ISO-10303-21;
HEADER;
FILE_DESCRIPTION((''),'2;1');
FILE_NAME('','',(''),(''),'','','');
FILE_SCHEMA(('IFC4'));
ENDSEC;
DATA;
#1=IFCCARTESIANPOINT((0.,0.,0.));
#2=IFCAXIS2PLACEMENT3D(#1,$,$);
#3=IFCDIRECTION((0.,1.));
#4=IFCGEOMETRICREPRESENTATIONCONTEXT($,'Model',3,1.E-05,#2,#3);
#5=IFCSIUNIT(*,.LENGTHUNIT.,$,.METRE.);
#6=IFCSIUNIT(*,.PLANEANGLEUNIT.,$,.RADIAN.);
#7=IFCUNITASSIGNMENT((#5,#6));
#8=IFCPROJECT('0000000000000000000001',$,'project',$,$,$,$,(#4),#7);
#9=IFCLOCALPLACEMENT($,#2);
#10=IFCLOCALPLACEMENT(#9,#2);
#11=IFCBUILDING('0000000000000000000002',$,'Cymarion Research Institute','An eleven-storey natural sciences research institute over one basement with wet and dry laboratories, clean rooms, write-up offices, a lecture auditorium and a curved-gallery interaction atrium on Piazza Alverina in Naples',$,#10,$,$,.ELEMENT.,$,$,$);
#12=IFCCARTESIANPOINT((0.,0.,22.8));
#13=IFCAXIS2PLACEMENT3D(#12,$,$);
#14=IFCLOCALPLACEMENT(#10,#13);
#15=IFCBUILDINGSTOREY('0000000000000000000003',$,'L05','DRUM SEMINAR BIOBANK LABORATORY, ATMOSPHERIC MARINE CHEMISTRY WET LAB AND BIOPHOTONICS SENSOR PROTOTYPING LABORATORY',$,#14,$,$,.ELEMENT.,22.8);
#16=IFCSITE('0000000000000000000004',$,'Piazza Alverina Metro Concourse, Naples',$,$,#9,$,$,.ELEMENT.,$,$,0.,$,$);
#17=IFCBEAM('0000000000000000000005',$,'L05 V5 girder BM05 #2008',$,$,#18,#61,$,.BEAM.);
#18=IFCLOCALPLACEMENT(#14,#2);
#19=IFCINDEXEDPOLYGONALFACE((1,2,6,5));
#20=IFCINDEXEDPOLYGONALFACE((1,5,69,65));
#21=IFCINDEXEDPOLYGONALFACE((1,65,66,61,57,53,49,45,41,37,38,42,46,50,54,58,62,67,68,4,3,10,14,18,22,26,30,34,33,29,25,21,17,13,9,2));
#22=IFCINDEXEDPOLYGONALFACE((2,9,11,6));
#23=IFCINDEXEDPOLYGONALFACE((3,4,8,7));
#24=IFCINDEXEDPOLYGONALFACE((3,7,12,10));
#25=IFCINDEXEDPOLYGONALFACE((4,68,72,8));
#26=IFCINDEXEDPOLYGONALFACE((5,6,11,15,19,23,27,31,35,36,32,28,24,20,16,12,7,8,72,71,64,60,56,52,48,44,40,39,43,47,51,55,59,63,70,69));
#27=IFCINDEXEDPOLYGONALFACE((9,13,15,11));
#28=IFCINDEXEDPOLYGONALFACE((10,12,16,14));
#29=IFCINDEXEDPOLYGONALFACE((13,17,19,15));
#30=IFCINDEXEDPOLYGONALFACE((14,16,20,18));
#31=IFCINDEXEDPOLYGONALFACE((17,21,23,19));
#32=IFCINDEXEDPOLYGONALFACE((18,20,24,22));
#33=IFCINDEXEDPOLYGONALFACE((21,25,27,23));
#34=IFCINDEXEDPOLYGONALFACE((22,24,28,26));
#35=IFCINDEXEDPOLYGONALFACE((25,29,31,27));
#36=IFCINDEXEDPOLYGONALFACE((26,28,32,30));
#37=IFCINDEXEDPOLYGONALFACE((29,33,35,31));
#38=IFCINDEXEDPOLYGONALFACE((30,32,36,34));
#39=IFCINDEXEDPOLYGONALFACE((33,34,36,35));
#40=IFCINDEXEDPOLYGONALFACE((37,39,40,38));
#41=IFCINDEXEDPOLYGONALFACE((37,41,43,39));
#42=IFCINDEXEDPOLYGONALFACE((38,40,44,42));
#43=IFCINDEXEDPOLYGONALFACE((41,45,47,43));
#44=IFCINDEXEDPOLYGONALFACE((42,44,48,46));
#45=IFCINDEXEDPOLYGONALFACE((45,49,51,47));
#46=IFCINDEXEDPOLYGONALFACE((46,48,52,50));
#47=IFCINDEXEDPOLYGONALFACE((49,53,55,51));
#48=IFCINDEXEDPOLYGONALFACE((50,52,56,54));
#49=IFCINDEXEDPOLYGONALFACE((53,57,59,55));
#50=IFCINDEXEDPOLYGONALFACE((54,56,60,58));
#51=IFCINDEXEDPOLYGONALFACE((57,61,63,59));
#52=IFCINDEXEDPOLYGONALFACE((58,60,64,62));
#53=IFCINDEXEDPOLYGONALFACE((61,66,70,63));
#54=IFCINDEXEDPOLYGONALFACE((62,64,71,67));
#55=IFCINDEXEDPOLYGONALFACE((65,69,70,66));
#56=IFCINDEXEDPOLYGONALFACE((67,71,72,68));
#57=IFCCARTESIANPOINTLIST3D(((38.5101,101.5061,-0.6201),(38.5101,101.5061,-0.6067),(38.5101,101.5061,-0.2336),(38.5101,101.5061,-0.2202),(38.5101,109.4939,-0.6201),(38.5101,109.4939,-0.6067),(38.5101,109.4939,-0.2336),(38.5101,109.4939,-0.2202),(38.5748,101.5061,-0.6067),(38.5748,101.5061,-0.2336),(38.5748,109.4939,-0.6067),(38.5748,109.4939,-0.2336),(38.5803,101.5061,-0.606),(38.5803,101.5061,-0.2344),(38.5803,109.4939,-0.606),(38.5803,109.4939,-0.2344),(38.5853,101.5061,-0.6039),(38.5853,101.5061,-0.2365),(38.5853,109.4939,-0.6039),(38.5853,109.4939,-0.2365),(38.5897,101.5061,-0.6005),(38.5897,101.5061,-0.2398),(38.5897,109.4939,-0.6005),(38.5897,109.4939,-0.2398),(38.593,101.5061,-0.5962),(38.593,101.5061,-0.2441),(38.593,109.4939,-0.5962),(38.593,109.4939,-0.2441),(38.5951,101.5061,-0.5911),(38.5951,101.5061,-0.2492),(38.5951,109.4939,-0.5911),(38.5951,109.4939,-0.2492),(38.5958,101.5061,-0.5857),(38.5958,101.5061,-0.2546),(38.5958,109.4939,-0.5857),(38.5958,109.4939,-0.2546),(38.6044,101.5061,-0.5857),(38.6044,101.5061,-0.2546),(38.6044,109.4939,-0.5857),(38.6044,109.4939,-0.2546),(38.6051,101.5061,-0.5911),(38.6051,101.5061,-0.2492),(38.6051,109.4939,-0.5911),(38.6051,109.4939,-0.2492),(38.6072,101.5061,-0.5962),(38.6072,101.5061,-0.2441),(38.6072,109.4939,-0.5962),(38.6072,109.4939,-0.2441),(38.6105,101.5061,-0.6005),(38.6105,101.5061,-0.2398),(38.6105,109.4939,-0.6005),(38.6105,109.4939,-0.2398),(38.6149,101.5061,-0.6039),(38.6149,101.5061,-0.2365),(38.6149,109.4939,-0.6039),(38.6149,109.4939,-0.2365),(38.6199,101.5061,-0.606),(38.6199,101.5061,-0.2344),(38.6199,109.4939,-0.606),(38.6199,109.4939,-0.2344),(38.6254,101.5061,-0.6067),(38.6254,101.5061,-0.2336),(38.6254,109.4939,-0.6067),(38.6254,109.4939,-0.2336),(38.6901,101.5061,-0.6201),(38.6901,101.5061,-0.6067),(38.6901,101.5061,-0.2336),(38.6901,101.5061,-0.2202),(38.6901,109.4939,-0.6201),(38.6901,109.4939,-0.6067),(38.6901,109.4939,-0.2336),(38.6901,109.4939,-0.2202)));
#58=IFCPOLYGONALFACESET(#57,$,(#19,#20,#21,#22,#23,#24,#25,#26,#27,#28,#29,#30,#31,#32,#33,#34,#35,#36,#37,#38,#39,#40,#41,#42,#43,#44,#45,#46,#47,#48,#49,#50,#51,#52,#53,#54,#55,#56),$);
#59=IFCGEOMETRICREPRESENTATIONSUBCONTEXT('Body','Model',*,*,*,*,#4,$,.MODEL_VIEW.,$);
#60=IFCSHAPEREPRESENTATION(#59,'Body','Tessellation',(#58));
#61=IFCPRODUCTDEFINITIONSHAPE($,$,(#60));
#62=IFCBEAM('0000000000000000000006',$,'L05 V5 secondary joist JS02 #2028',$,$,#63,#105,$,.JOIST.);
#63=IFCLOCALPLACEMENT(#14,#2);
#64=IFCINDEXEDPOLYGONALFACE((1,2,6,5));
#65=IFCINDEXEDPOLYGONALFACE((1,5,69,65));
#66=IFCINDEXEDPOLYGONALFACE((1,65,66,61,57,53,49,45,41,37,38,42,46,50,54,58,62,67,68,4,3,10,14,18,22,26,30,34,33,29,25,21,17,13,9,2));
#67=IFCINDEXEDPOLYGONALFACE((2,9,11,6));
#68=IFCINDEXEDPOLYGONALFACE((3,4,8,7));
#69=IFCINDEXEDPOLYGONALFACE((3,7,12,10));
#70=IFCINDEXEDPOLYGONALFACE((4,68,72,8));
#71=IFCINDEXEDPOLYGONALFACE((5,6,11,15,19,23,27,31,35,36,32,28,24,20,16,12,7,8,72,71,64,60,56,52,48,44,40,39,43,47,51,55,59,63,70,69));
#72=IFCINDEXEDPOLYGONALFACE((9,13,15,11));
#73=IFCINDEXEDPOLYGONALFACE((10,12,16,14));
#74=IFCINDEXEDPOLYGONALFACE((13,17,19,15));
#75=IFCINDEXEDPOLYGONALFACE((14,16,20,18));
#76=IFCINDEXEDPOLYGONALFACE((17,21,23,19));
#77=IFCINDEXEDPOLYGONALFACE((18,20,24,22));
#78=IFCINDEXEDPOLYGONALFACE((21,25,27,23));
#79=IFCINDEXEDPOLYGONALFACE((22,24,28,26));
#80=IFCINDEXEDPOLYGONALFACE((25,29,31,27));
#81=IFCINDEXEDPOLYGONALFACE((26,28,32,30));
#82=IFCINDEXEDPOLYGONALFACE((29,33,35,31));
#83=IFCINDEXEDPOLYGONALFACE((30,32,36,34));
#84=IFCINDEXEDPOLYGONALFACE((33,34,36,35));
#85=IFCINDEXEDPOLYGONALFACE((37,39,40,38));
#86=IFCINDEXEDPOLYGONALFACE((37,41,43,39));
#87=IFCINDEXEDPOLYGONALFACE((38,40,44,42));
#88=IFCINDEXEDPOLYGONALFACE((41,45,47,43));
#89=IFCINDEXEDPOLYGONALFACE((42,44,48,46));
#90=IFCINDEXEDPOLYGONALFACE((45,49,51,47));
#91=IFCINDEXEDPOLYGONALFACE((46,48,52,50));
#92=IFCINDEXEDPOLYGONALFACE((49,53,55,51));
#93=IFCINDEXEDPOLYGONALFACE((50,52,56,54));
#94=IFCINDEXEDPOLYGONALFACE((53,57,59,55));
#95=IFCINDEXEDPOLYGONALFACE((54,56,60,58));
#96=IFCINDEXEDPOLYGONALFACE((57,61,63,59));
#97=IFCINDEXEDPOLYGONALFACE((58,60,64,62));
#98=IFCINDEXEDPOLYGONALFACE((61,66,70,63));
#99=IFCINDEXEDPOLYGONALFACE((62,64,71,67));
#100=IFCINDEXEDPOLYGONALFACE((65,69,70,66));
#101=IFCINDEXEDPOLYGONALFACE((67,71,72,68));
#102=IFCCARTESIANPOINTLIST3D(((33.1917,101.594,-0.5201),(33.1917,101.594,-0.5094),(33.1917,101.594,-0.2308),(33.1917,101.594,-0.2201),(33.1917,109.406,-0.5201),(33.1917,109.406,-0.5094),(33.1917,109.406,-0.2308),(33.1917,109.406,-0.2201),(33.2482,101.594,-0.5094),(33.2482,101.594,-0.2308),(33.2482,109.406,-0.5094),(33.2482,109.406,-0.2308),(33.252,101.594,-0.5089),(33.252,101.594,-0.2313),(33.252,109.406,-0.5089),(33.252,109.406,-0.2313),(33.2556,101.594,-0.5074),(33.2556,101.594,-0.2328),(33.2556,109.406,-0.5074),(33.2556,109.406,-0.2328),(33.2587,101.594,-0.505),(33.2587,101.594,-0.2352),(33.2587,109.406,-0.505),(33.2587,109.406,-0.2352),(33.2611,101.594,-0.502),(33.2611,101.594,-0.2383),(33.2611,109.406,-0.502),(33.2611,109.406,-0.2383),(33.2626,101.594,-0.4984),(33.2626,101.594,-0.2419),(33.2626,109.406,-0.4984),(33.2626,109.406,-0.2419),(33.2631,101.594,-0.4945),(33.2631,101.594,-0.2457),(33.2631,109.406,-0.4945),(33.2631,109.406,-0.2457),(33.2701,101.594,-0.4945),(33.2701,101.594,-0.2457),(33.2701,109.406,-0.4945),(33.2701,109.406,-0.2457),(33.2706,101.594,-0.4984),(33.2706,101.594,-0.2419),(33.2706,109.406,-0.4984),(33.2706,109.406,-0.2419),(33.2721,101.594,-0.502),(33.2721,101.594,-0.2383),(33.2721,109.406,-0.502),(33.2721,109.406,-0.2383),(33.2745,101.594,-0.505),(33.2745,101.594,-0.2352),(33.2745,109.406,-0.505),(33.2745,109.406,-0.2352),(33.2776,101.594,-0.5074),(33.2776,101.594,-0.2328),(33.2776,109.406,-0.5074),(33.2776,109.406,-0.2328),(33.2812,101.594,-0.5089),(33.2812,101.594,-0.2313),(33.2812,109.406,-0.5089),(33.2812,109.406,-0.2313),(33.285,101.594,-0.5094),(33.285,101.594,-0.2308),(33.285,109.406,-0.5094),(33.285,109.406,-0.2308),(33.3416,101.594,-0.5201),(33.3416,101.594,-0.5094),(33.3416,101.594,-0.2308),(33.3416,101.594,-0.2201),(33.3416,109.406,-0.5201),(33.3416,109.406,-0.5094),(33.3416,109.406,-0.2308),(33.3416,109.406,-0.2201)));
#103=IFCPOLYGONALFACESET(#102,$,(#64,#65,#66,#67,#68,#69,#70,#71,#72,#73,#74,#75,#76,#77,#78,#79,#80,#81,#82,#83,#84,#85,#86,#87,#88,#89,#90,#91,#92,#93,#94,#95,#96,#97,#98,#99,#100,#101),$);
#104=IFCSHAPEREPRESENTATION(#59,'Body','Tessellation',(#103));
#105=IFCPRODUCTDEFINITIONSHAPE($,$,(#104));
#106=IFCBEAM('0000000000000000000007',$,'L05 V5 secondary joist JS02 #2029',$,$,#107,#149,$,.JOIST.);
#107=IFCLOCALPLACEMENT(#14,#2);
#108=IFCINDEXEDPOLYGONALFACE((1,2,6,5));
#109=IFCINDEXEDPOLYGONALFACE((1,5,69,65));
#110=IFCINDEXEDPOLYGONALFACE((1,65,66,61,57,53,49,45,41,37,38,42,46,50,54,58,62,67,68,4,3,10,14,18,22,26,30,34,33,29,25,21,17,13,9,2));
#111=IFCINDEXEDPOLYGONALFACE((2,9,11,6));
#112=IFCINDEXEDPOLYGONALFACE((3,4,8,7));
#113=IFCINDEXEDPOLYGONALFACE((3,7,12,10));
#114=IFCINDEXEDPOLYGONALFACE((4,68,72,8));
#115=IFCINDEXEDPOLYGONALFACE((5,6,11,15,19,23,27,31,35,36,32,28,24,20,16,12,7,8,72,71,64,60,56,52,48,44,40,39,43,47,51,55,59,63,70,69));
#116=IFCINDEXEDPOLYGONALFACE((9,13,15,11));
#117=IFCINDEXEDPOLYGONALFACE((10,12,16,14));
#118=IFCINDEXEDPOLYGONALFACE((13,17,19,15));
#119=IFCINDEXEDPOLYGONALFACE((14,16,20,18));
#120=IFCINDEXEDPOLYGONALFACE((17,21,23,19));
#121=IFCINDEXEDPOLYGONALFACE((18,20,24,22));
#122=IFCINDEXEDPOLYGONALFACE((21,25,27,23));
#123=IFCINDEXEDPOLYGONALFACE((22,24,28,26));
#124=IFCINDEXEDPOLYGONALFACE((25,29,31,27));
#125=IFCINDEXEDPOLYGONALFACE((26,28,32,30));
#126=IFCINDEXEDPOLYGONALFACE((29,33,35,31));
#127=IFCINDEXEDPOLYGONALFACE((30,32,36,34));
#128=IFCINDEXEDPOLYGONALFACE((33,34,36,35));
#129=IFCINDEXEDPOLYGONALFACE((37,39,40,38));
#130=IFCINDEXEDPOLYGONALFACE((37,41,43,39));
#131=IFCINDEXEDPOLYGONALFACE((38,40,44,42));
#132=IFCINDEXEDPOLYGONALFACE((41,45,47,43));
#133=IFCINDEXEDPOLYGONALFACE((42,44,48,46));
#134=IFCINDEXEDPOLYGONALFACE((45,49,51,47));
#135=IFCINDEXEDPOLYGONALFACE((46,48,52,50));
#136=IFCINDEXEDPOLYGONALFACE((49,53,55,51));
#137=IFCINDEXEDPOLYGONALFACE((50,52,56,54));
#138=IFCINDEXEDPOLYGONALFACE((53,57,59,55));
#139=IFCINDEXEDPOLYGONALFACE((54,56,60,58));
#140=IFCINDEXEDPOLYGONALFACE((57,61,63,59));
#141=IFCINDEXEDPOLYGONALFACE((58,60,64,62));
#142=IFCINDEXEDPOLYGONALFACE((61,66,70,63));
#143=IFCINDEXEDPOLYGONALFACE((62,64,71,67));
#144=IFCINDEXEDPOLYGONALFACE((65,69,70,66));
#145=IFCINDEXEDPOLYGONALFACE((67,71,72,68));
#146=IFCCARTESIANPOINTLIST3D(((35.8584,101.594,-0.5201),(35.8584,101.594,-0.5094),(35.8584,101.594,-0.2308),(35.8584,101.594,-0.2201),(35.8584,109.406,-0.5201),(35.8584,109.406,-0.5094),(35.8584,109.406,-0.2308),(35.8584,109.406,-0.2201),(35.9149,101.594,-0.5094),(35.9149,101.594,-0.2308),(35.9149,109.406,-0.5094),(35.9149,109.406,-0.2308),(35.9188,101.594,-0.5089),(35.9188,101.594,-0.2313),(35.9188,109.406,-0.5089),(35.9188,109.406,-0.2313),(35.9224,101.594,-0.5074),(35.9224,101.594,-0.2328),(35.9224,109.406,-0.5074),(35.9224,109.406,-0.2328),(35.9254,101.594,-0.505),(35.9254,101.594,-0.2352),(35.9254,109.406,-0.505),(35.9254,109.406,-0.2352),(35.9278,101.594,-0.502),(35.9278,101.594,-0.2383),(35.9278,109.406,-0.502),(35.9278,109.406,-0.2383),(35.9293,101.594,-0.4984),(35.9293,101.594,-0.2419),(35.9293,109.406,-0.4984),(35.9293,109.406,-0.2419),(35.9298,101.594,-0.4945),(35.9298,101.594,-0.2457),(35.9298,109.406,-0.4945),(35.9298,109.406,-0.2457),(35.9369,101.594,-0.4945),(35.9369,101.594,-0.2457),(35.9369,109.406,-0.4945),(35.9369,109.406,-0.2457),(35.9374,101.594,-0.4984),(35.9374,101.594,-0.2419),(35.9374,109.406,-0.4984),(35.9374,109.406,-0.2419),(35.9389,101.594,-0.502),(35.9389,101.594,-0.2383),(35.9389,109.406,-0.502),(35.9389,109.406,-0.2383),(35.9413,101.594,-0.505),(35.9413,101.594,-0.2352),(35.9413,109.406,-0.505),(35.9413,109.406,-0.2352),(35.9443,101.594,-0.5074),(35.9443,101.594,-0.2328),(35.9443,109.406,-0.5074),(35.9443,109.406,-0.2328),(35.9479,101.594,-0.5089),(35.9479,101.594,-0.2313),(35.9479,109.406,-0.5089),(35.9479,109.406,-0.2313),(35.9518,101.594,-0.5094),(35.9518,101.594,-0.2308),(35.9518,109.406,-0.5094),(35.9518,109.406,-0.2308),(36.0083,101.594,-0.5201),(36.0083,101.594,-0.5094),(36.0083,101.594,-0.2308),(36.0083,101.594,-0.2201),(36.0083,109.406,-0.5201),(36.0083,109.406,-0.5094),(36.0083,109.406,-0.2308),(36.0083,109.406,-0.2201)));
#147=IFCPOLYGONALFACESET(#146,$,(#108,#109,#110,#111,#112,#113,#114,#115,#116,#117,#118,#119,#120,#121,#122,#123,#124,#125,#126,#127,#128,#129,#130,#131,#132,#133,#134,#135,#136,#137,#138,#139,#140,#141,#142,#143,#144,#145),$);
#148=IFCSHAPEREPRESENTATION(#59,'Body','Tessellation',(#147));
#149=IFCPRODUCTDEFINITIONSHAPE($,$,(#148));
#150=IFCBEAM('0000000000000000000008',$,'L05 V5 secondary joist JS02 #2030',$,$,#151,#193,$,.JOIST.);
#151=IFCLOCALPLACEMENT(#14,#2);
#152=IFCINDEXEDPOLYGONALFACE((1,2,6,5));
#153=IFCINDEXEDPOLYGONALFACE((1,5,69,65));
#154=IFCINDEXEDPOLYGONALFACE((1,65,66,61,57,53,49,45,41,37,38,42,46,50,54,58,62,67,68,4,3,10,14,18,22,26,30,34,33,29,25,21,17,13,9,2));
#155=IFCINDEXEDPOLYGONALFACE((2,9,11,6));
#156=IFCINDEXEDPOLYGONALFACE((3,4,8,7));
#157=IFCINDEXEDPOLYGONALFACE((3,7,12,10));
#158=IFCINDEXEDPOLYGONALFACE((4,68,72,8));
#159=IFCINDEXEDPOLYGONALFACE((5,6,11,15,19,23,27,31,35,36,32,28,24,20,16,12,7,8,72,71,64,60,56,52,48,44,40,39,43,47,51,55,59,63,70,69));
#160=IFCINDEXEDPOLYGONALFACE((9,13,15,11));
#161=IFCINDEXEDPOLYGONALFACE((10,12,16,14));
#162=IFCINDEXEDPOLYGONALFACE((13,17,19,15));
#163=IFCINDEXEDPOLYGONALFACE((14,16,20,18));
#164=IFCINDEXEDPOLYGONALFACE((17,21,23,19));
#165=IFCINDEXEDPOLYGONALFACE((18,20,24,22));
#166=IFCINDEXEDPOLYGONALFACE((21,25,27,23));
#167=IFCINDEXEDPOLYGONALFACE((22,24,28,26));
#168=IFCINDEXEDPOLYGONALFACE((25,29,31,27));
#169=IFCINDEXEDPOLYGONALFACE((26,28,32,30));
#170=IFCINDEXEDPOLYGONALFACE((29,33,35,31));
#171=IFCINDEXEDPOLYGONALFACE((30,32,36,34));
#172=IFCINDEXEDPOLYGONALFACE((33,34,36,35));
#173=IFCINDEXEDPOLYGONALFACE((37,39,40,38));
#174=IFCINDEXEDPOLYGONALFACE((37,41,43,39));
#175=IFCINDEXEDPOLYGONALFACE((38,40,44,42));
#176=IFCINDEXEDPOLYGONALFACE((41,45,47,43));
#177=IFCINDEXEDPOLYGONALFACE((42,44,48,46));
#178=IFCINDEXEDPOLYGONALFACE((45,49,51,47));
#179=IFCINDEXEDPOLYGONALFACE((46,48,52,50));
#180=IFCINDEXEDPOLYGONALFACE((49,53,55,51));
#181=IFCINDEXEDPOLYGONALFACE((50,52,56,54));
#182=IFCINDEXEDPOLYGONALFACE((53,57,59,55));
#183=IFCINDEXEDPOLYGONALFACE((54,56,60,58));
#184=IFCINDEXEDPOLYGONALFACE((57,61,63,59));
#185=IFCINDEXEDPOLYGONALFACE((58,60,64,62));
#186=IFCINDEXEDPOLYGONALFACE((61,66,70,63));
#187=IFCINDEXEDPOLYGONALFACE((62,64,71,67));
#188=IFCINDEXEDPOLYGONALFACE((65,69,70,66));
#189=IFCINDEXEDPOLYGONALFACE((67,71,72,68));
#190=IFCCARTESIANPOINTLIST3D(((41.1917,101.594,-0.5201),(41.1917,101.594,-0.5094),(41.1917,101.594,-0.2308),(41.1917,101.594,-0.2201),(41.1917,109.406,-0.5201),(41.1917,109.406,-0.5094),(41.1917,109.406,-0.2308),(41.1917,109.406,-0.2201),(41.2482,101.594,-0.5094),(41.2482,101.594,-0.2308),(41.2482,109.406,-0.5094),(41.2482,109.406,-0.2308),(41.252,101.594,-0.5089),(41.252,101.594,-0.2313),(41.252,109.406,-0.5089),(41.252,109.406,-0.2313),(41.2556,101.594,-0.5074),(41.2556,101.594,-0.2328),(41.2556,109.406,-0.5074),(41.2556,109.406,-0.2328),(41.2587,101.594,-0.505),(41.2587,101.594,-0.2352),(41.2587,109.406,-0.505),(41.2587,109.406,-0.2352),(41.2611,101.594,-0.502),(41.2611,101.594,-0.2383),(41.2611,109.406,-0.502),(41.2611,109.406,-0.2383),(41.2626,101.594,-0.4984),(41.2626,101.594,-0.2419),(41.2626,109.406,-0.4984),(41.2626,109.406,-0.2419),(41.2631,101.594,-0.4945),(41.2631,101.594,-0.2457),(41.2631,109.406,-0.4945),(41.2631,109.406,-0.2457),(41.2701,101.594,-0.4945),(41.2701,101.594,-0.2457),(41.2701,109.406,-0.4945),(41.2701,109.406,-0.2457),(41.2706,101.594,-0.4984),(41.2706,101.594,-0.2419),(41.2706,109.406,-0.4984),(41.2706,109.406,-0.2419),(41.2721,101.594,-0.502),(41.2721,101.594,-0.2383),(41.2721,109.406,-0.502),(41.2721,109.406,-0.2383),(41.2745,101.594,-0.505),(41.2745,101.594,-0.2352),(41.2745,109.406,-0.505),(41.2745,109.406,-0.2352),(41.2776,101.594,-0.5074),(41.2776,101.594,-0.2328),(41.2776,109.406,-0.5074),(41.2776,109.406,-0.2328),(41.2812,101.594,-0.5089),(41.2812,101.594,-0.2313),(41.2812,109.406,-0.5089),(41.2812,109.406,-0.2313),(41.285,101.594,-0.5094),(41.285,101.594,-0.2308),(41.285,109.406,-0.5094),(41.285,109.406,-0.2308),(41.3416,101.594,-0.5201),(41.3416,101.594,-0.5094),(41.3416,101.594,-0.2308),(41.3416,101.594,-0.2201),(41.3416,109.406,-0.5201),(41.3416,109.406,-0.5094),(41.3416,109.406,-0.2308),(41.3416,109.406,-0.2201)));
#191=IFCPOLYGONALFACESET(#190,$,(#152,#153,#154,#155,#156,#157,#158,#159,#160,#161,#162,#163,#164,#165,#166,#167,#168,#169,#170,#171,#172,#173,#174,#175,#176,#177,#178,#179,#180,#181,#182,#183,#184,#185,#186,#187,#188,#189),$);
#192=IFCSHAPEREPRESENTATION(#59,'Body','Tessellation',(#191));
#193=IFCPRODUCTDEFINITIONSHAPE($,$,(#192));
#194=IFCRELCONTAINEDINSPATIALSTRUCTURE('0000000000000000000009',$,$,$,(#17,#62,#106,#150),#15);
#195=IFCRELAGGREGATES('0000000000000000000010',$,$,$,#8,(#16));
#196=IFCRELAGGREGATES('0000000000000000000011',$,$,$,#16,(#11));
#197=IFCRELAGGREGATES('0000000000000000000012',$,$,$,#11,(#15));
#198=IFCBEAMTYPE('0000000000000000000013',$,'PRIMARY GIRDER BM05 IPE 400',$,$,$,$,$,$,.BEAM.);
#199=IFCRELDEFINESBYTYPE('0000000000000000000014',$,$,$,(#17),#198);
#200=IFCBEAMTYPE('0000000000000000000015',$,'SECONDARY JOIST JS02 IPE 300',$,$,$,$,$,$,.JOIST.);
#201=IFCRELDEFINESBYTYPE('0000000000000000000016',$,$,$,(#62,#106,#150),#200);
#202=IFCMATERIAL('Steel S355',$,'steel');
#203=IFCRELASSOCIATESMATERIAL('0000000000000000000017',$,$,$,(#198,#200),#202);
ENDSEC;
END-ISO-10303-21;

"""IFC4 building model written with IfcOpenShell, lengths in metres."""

from ifc_helpers import new_model, si_unit, direction, frame, origin, origin_2d, place, context, subcontext, project, spatial, i_section, extrude, material, material_profile, profile_set, type_object, element, save


model = new_model("IFC4")

# Units and contexts
model_context = context("Model", 3, precision=1e-05, world=origin(), true_north=direction((0.0, 1.0)))
body_context = subcontext(model_context, "Body", "Model", "MODEL_VIEW")
ifc_project = project(units=[si_unit("LENGTHUNIT", "METRE"), si_unit("PLANEANGLEUNIT", "RADIAN")], contexts=[model_context])

# Site, building, storey
site_placement = place(None, origin())
site = spatial("IfcSite", under=ifc_project, at=site_placement, Name="Piazza Alverina Metro Concourse, Naples", CompositionType="ELEMENT", RefElevation=0.0)
building_placement = place(site_placement, origin())
building = spatial("IfcBuilding", under=site, at=building_placement, Name="Cymarion Research Institute", Description="An eleven-storey natural sciences research institute over one basement with wet and dry laboratories, clean rooms, write-up offices, a lecture auditorium and a curved-gallery interaction atrium on Piazza Alverina in Naples", CompositionType="ELEMENT")
storey_placement = place(building_placement, frame((0.0, 0.0, 22.8)))
storey = spatial("IfcBuildingStorey", under=building, at=storey_placement, Name="L05", Description="DRUM SEMINAR BIOBANK LABORATORY, ATMOSPHERIC MARINE CHEMISTRY WET LAB AND BIOPHOTONICS SENSOR PROTOTYPING LABORATORY", CompositionType="ELEMENT", Elevation=22.8)

# Shared definitions
ifc_material_1 = material(Name="Steel S355", Category="steel")

# Beams
ifc_material_profile_1 = material_profile(ifc_material_1, i_section(OverallWidth=0.1799, OverallDepth=0.3999, WebThickness=0.0085, FlangeThickness=0.0134, FilletRadius=0.021, at=origin_2d()), Name="IPE 400")
ifc_profile_set_1 = profile_set([ifc_material_profile_1], Name="Steel S355")
beam_type_1 = type_object("IfcBeamType", Name="PRIMARY GIRDER BM05 IPE 400", PredefinedType="BEAM", material=ifc_profile_set_1)
beam_placement = place(storey_placement, frame((38.6001, 101.5061, -0.4202), z_axis=(0.0, 1.0, 0.0), x_axis=(-1.0, 0.0, 0.0)))
element("IfcBeam", 1, at=beam_placement, inside=storey, type_object=beam_type_1, Name="L05 V5 girder BM05 #2008", PredefinedType="BEAM", context=body_context, shape_type="SweptSolid", body=[
    extrude(i_section(OverallWidth=0.1799, OverallDepth=0.3999, WebThickness=0.0085, FlangeThickness=0.0134, FilletRadius=0.021, at=origin_2d()), origin(), (0.0, 0.0, 1.0), 7.9878),
])
ifc_material_profile_2 = material_profile(ifc_material_1, i_section(OverallWidth=0.1499, OverallDepth=0.3, WebThickness=0.0071, FlangeThickness=0.0107, FilletRadius=0.0149, at=origin_2d()), Name="IPE 300")
ifc_profile_set_2 = profile_set([ifc_material_profile_2], Name="Steel S355")
beam_type_2 = type_object("IfcBeamType", Name="SECONDARY JOIST JS02 IPE 300", PredefinedType="JOIST", material=ifc_profile_set_2)
for number, where, z_axis, x_axis, name in (
    (2, (33.2666, 101.594, -0.3701), (0.0, 1.0, 0.0), (-1.0, 0.0, 0.0), "L05 V5 secondary joist JS02 #2028"),
    (3, (35.9333, 101.594, -0.3701), (0.0, 1.0, 0.0), (-1.0, 0.0, 0.0), "L05 V5 secondary joist JS02 #2029"),
    (4, (41.2666, 101.594, -0.3701), (0.0, 1.0, 0.0), (-1.0, 0.0, 0.0), "L05 V5 secondary joist JS02 #2030"),
):
    element("IfcBeam", number, at=place(storey_placement, frame(where, z_axis=z_axis, x_axis=x_axis)), inside=storey, type_object=beam_type_2, Name=name, PredefinedType="JOIST", context=body_context, shape_type="SweptSolid", body=[
        extrude(i_section(OverallWidth=0.1499, OverallDepth=0.3, WebThickness=0.0071, FlangeThickness=0.0107, FilletRadius=0.0149, at=origin_2d()), origin(), (0.0, 0.0, 1.0), 7.812),
    ])

save(model, "model.ifc")
